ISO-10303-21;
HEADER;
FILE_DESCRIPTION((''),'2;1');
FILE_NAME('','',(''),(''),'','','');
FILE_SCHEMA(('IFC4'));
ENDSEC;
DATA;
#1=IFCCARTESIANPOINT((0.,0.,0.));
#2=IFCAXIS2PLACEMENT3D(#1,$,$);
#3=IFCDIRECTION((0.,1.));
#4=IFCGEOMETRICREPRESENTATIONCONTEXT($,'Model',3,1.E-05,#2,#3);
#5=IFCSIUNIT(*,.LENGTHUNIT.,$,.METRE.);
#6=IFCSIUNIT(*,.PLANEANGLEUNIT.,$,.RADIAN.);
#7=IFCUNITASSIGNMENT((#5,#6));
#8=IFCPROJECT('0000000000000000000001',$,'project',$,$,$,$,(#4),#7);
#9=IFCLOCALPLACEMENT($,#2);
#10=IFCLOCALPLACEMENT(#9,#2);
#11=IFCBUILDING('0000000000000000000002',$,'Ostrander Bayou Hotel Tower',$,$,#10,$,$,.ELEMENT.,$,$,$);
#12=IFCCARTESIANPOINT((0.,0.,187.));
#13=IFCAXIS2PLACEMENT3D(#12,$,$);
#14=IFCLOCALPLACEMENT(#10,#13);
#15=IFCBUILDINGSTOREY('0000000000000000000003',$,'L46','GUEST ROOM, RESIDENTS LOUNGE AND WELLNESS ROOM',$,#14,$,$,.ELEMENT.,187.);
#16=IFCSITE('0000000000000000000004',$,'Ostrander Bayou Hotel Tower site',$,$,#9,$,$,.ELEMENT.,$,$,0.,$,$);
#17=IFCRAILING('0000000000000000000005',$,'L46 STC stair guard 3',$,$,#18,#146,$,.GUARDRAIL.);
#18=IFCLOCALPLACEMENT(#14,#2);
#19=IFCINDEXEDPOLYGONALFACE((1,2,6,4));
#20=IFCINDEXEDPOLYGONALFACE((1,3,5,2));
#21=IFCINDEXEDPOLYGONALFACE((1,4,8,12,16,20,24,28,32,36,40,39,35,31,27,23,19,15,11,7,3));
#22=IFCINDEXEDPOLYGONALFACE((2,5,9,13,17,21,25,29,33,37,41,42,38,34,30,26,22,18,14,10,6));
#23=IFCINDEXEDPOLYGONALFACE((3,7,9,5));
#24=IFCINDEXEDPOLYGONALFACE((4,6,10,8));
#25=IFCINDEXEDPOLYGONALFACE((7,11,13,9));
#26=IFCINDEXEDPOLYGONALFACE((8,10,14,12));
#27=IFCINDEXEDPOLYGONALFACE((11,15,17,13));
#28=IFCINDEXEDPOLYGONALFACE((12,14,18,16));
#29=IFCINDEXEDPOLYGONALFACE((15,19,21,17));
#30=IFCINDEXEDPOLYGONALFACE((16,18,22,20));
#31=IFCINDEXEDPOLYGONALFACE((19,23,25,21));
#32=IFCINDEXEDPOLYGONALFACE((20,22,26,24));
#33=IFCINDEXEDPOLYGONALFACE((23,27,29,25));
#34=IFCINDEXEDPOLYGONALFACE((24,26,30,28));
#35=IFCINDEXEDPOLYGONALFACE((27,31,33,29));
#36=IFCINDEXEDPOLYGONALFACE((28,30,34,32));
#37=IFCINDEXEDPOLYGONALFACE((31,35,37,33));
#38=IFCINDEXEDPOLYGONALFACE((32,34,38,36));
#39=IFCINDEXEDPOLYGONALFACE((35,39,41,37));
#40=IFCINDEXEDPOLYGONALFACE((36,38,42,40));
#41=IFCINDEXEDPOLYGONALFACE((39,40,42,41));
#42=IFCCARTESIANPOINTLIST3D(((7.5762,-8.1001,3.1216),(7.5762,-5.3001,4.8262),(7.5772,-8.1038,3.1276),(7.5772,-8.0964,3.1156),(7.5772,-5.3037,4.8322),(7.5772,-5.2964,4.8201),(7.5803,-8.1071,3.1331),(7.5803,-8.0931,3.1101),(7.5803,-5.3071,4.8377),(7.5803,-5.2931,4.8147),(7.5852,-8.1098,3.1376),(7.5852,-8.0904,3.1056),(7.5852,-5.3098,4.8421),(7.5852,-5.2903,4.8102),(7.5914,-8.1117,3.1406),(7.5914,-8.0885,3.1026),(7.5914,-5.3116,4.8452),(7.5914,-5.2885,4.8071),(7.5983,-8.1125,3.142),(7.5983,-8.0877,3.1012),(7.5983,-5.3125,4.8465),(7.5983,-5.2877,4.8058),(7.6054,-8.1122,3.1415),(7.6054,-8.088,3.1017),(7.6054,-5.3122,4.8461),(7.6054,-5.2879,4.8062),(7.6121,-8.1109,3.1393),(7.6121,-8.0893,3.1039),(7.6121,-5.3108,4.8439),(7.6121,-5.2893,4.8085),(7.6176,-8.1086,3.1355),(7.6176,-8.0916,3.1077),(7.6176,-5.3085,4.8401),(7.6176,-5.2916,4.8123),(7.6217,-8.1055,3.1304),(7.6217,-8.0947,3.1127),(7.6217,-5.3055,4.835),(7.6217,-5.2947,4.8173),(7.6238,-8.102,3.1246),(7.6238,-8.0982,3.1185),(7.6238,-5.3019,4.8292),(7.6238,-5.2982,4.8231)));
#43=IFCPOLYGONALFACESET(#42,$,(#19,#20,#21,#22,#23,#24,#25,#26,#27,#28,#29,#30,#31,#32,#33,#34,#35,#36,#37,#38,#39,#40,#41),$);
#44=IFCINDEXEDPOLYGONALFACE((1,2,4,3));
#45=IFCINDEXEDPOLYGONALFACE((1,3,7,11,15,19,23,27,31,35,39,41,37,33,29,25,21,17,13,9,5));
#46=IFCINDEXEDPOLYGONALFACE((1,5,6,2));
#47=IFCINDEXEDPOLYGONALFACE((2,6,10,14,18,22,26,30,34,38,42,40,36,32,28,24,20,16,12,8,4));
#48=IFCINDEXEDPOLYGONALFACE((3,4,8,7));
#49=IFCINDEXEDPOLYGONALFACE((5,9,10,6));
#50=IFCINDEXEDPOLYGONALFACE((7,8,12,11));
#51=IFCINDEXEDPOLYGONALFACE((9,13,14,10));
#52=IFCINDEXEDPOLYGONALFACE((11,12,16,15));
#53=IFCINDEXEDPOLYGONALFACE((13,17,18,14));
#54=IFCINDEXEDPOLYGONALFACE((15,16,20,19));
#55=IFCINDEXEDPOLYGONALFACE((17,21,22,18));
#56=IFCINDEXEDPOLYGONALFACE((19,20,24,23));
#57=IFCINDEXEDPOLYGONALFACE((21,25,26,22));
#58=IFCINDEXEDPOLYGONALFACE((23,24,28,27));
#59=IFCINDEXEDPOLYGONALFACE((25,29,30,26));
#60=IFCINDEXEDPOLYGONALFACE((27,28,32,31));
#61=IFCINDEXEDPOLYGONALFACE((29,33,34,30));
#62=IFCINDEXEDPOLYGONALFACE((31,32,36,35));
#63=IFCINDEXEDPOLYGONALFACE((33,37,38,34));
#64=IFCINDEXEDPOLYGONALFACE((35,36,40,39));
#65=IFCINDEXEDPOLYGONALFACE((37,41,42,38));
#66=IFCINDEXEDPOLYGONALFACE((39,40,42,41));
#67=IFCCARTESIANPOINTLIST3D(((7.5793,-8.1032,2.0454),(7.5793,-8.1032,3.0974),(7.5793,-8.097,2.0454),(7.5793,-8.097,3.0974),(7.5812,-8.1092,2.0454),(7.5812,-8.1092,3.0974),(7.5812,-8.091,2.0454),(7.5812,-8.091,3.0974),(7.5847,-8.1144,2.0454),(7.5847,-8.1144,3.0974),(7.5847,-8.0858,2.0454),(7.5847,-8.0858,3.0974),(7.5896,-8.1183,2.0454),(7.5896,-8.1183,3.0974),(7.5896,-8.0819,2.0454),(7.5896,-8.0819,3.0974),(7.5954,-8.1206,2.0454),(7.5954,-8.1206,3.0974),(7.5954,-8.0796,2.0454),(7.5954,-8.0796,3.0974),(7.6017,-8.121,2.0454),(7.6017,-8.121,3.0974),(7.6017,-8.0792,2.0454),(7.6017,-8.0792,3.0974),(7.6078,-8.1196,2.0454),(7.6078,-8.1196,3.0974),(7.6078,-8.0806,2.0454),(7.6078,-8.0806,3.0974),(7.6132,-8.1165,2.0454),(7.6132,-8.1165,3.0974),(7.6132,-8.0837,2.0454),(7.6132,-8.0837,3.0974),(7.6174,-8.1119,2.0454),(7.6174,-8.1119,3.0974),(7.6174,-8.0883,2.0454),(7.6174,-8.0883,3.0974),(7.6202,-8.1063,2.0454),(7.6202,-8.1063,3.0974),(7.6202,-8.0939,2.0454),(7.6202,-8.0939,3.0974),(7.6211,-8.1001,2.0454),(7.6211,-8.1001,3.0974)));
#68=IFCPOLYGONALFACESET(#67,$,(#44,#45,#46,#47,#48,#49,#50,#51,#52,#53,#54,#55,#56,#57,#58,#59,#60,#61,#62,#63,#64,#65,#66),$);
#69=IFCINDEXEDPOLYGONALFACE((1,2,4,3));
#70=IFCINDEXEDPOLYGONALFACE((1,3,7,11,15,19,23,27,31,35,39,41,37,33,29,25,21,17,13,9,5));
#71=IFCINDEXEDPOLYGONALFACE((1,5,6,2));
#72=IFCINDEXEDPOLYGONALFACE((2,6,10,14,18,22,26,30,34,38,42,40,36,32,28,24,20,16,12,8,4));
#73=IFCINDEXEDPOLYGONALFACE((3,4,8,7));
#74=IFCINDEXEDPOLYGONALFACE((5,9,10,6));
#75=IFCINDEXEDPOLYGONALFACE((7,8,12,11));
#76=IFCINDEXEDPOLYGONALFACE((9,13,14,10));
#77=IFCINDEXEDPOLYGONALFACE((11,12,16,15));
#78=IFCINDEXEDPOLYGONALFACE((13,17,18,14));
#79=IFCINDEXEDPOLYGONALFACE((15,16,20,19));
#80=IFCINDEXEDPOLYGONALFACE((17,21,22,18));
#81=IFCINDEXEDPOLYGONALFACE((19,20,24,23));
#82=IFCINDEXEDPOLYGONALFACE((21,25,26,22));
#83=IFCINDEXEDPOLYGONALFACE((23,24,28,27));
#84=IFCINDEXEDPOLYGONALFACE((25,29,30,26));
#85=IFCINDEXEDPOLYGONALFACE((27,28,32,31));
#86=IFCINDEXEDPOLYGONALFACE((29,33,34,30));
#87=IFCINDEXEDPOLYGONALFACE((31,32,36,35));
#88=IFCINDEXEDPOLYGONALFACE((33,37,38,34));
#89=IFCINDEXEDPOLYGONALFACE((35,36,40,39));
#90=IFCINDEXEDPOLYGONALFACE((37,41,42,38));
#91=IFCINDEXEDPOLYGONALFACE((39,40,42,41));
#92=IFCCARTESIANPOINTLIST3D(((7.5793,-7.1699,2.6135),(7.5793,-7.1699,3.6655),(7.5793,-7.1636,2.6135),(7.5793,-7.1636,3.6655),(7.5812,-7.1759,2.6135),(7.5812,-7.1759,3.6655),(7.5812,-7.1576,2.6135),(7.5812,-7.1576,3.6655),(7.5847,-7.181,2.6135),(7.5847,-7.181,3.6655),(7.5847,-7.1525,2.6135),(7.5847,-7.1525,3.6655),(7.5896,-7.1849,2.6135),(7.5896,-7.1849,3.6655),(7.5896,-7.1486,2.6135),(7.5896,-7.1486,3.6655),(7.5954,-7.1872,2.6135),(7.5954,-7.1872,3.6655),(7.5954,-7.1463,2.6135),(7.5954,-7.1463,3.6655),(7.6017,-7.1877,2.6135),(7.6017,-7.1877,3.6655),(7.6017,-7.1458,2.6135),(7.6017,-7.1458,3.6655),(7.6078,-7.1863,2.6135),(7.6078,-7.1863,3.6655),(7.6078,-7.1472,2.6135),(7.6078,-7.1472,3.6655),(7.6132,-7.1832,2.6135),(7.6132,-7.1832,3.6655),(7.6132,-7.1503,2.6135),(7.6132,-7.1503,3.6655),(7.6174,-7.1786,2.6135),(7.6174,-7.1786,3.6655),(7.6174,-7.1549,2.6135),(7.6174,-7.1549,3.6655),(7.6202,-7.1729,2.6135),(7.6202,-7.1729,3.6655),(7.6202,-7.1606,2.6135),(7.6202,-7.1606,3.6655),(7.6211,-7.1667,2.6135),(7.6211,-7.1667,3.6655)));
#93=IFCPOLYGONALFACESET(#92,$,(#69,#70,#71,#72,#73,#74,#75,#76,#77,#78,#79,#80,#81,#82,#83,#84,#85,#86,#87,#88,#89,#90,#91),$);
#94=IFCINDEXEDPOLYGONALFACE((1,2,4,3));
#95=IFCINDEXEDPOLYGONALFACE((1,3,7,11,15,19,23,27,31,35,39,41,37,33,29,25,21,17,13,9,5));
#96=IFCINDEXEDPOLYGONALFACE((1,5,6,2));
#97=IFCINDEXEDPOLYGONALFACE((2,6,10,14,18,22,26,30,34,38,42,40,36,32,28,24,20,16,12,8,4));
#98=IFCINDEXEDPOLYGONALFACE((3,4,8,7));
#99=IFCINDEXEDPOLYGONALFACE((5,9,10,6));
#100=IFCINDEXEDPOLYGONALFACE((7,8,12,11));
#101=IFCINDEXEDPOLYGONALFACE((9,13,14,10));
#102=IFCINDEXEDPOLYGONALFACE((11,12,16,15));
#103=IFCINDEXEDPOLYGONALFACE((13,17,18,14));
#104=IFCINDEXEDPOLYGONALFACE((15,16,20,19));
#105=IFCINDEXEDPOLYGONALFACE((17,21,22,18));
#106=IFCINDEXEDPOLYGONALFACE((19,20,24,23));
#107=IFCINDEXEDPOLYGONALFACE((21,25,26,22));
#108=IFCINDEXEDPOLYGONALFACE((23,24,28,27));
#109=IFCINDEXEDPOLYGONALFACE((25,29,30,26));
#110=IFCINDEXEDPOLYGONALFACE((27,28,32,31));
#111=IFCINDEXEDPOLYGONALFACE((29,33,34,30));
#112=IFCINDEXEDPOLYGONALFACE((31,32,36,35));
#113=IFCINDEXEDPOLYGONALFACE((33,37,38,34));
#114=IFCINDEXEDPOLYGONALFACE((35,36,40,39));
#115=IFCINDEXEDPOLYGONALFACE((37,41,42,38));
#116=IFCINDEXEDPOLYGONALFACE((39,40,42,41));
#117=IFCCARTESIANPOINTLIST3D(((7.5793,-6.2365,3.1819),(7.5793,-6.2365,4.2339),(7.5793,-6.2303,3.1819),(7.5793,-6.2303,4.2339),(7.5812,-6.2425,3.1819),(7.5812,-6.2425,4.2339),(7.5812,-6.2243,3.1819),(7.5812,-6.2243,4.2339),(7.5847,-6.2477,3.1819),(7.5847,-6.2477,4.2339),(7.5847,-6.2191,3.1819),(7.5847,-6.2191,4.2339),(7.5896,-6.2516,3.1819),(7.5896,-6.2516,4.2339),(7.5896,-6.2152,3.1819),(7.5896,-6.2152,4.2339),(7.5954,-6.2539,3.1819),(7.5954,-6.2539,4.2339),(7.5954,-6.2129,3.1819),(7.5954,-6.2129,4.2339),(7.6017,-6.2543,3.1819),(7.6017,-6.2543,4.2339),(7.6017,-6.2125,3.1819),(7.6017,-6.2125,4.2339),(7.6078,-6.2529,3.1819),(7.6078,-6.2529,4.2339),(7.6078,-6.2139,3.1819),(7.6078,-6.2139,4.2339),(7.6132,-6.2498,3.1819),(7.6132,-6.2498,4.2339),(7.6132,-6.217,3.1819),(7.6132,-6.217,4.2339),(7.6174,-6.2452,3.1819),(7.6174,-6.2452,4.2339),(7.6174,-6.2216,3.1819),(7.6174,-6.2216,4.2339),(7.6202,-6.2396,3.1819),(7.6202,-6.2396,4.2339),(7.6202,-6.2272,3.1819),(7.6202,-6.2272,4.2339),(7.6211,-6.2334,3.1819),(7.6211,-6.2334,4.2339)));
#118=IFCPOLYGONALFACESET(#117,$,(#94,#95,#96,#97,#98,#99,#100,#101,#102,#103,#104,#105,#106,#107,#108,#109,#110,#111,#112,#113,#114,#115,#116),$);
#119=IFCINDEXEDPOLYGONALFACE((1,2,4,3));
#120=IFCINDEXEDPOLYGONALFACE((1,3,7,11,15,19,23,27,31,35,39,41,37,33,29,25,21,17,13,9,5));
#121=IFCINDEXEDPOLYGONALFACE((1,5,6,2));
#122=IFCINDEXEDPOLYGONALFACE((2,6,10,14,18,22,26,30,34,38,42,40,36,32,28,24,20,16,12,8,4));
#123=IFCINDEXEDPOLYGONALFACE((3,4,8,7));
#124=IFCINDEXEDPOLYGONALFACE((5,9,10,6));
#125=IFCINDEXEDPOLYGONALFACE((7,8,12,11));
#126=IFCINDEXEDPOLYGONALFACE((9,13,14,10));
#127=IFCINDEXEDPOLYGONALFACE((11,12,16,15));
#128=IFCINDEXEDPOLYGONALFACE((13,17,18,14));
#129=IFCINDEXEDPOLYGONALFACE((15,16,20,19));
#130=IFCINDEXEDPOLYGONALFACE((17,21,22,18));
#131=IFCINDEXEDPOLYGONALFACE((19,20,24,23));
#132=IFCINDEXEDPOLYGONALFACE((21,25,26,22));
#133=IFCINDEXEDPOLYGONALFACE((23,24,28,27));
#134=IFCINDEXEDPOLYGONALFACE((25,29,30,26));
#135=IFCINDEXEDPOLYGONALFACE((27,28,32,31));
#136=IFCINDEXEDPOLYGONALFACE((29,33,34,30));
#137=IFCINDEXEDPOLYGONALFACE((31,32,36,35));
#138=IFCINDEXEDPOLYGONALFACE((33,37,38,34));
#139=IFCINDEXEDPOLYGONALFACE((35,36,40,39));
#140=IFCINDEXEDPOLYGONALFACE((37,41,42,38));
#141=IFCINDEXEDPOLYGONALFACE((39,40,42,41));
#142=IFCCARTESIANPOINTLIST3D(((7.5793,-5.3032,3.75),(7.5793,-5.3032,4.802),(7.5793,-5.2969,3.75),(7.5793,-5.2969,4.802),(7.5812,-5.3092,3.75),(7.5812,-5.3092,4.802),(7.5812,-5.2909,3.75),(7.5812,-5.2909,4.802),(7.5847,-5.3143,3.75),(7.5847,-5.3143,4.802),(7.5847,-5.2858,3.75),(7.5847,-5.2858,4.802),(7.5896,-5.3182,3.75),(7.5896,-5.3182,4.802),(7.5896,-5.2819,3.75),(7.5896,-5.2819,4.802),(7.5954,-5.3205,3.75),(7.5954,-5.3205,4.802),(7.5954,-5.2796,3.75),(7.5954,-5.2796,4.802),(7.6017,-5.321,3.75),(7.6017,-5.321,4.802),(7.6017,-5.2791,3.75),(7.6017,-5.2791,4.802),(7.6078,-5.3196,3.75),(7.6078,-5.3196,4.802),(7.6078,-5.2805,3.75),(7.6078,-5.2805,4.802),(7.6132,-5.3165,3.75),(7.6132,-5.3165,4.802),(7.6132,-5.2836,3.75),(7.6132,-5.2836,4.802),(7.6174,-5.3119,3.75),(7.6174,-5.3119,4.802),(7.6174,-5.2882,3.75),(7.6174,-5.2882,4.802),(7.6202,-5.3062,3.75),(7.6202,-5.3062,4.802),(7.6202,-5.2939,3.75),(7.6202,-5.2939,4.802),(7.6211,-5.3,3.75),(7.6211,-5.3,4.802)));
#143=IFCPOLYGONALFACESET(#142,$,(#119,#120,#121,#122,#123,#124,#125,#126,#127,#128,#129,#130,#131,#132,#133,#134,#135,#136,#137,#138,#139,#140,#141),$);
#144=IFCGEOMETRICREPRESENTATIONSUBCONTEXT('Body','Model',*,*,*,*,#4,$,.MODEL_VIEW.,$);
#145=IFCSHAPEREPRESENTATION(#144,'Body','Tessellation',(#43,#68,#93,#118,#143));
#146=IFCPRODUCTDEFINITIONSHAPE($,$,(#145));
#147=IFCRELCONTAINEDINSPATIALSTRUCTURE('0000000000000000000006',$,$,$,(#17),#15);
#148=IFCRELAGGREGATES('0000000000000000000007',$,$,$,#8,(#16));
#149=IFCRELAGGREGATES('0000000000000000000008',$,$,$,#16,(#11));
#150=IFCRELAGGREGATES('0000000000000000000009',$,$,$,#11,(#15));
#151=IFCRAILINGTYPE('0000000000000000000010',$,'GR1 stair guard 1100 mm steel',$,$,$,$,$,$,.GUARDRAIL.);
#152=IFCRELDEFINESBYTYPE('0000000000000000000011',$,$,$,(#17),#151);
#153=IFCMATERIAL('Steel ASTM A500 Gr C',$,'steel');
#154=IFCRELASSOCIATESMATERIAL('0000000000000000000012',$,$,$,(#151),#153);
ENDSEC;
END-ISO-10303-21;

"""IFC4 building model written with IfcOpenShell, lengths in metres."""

from ifc_helpers import new_model, si_unit, direction, frame, origin, origin_2d, place, context, subcontext, project, spatial, circle, extrude, material, type_object, element, save


model = new_model("IFC4")

# Units and contexts
model_context = context("Model", 3, precision=1e-05, world=origin(), true_north=direction((0.0, 1.0)))
body_context = subcontext(model_context, "Body", "Model", "MODEL_VIEW")
ifc_project = project(units=[si_unit("LENGTHUNIT", "METRE"), si_unit("PLANEANGLEUNIT", "RADIAN")], contexts=[model_context])

# Site, building, storey
site_placement = place(None, origin())
site = spatial("IfcSite", under=ifc_project, at=site_placement, Name="Ostrander Bayou Hotel Tower site", CompositionType="ELEMENT", RefElevation=0.0)
building_placement = place(site_placement, origin())
building = spatial("IfcBuilding", under=site, at=building_placement, Name="Ostrander Bayou Hotel Tower", CompositionType="ELEMENT")
storey_placement = place(building_placement, frame((0.0, 0.0, 187.0)))
storey = spatial("IfcBuildingStorey", under=building, at=storey_placement, Name="L46", Description="GUEST ROOM, RESIDENTS LOUNGE AND WELLNESS ROOM", CompositionType="ELEMENT", Elevation=187.0)

# Railing
ifc_material_1 = material(Name="Steel ASTM A500 Gr C", Category="steel")
railing_type = type_object("IfcRailingType", Name="GR1 stair guard 1100 mm steel", PredefinedType="GUARDRAIL", material=ifc_material_1)
railing_1_placement = place(storey_placement, frame((7.6001, -8.1001, 2.0454)))
element("IfcRailing", 1, at=railing_1_placement, inside=storey, type_object=railing_type, Name="L46 STC stair guard 3", PredefinedType="GUARDRAIL", context=body_context, shape_type="SweptSolid", body=[
    extrude(circle(Radius=0.0239, at=origin_2d()), frame((0.0, 0.0, 1.0762), z_axis=(0.0, 0.85417, 0.519994), x_axis=(-1.0, 0.0, 0.0)), (0.0, 0.0, 1.0), 3.2781),
    extrude(circle(Radius=0.021, at=origin_2d()), origin(), (0.0, 0.0, 1.0), 1.052),
    extrude(circle(Radius=0.021, at=origin_2d()), frame((0.0, 0.9333, 0.5681)), (0.0, 0.0, 1.0), 1.052),
    extrude(circle(Radius=0.021, at=origin_2d()), frame((0.0, 1.8667, 1.1365)), (0.0, 0.0, 1.0), 1.052),
    extrude(circle(Radius=0.021, at=origin_2d()), frame((0.0, 2.8, 1.7046)), (0.0, 0.0, 1.0), 1.052),
])

save(model, "model.ifc")
